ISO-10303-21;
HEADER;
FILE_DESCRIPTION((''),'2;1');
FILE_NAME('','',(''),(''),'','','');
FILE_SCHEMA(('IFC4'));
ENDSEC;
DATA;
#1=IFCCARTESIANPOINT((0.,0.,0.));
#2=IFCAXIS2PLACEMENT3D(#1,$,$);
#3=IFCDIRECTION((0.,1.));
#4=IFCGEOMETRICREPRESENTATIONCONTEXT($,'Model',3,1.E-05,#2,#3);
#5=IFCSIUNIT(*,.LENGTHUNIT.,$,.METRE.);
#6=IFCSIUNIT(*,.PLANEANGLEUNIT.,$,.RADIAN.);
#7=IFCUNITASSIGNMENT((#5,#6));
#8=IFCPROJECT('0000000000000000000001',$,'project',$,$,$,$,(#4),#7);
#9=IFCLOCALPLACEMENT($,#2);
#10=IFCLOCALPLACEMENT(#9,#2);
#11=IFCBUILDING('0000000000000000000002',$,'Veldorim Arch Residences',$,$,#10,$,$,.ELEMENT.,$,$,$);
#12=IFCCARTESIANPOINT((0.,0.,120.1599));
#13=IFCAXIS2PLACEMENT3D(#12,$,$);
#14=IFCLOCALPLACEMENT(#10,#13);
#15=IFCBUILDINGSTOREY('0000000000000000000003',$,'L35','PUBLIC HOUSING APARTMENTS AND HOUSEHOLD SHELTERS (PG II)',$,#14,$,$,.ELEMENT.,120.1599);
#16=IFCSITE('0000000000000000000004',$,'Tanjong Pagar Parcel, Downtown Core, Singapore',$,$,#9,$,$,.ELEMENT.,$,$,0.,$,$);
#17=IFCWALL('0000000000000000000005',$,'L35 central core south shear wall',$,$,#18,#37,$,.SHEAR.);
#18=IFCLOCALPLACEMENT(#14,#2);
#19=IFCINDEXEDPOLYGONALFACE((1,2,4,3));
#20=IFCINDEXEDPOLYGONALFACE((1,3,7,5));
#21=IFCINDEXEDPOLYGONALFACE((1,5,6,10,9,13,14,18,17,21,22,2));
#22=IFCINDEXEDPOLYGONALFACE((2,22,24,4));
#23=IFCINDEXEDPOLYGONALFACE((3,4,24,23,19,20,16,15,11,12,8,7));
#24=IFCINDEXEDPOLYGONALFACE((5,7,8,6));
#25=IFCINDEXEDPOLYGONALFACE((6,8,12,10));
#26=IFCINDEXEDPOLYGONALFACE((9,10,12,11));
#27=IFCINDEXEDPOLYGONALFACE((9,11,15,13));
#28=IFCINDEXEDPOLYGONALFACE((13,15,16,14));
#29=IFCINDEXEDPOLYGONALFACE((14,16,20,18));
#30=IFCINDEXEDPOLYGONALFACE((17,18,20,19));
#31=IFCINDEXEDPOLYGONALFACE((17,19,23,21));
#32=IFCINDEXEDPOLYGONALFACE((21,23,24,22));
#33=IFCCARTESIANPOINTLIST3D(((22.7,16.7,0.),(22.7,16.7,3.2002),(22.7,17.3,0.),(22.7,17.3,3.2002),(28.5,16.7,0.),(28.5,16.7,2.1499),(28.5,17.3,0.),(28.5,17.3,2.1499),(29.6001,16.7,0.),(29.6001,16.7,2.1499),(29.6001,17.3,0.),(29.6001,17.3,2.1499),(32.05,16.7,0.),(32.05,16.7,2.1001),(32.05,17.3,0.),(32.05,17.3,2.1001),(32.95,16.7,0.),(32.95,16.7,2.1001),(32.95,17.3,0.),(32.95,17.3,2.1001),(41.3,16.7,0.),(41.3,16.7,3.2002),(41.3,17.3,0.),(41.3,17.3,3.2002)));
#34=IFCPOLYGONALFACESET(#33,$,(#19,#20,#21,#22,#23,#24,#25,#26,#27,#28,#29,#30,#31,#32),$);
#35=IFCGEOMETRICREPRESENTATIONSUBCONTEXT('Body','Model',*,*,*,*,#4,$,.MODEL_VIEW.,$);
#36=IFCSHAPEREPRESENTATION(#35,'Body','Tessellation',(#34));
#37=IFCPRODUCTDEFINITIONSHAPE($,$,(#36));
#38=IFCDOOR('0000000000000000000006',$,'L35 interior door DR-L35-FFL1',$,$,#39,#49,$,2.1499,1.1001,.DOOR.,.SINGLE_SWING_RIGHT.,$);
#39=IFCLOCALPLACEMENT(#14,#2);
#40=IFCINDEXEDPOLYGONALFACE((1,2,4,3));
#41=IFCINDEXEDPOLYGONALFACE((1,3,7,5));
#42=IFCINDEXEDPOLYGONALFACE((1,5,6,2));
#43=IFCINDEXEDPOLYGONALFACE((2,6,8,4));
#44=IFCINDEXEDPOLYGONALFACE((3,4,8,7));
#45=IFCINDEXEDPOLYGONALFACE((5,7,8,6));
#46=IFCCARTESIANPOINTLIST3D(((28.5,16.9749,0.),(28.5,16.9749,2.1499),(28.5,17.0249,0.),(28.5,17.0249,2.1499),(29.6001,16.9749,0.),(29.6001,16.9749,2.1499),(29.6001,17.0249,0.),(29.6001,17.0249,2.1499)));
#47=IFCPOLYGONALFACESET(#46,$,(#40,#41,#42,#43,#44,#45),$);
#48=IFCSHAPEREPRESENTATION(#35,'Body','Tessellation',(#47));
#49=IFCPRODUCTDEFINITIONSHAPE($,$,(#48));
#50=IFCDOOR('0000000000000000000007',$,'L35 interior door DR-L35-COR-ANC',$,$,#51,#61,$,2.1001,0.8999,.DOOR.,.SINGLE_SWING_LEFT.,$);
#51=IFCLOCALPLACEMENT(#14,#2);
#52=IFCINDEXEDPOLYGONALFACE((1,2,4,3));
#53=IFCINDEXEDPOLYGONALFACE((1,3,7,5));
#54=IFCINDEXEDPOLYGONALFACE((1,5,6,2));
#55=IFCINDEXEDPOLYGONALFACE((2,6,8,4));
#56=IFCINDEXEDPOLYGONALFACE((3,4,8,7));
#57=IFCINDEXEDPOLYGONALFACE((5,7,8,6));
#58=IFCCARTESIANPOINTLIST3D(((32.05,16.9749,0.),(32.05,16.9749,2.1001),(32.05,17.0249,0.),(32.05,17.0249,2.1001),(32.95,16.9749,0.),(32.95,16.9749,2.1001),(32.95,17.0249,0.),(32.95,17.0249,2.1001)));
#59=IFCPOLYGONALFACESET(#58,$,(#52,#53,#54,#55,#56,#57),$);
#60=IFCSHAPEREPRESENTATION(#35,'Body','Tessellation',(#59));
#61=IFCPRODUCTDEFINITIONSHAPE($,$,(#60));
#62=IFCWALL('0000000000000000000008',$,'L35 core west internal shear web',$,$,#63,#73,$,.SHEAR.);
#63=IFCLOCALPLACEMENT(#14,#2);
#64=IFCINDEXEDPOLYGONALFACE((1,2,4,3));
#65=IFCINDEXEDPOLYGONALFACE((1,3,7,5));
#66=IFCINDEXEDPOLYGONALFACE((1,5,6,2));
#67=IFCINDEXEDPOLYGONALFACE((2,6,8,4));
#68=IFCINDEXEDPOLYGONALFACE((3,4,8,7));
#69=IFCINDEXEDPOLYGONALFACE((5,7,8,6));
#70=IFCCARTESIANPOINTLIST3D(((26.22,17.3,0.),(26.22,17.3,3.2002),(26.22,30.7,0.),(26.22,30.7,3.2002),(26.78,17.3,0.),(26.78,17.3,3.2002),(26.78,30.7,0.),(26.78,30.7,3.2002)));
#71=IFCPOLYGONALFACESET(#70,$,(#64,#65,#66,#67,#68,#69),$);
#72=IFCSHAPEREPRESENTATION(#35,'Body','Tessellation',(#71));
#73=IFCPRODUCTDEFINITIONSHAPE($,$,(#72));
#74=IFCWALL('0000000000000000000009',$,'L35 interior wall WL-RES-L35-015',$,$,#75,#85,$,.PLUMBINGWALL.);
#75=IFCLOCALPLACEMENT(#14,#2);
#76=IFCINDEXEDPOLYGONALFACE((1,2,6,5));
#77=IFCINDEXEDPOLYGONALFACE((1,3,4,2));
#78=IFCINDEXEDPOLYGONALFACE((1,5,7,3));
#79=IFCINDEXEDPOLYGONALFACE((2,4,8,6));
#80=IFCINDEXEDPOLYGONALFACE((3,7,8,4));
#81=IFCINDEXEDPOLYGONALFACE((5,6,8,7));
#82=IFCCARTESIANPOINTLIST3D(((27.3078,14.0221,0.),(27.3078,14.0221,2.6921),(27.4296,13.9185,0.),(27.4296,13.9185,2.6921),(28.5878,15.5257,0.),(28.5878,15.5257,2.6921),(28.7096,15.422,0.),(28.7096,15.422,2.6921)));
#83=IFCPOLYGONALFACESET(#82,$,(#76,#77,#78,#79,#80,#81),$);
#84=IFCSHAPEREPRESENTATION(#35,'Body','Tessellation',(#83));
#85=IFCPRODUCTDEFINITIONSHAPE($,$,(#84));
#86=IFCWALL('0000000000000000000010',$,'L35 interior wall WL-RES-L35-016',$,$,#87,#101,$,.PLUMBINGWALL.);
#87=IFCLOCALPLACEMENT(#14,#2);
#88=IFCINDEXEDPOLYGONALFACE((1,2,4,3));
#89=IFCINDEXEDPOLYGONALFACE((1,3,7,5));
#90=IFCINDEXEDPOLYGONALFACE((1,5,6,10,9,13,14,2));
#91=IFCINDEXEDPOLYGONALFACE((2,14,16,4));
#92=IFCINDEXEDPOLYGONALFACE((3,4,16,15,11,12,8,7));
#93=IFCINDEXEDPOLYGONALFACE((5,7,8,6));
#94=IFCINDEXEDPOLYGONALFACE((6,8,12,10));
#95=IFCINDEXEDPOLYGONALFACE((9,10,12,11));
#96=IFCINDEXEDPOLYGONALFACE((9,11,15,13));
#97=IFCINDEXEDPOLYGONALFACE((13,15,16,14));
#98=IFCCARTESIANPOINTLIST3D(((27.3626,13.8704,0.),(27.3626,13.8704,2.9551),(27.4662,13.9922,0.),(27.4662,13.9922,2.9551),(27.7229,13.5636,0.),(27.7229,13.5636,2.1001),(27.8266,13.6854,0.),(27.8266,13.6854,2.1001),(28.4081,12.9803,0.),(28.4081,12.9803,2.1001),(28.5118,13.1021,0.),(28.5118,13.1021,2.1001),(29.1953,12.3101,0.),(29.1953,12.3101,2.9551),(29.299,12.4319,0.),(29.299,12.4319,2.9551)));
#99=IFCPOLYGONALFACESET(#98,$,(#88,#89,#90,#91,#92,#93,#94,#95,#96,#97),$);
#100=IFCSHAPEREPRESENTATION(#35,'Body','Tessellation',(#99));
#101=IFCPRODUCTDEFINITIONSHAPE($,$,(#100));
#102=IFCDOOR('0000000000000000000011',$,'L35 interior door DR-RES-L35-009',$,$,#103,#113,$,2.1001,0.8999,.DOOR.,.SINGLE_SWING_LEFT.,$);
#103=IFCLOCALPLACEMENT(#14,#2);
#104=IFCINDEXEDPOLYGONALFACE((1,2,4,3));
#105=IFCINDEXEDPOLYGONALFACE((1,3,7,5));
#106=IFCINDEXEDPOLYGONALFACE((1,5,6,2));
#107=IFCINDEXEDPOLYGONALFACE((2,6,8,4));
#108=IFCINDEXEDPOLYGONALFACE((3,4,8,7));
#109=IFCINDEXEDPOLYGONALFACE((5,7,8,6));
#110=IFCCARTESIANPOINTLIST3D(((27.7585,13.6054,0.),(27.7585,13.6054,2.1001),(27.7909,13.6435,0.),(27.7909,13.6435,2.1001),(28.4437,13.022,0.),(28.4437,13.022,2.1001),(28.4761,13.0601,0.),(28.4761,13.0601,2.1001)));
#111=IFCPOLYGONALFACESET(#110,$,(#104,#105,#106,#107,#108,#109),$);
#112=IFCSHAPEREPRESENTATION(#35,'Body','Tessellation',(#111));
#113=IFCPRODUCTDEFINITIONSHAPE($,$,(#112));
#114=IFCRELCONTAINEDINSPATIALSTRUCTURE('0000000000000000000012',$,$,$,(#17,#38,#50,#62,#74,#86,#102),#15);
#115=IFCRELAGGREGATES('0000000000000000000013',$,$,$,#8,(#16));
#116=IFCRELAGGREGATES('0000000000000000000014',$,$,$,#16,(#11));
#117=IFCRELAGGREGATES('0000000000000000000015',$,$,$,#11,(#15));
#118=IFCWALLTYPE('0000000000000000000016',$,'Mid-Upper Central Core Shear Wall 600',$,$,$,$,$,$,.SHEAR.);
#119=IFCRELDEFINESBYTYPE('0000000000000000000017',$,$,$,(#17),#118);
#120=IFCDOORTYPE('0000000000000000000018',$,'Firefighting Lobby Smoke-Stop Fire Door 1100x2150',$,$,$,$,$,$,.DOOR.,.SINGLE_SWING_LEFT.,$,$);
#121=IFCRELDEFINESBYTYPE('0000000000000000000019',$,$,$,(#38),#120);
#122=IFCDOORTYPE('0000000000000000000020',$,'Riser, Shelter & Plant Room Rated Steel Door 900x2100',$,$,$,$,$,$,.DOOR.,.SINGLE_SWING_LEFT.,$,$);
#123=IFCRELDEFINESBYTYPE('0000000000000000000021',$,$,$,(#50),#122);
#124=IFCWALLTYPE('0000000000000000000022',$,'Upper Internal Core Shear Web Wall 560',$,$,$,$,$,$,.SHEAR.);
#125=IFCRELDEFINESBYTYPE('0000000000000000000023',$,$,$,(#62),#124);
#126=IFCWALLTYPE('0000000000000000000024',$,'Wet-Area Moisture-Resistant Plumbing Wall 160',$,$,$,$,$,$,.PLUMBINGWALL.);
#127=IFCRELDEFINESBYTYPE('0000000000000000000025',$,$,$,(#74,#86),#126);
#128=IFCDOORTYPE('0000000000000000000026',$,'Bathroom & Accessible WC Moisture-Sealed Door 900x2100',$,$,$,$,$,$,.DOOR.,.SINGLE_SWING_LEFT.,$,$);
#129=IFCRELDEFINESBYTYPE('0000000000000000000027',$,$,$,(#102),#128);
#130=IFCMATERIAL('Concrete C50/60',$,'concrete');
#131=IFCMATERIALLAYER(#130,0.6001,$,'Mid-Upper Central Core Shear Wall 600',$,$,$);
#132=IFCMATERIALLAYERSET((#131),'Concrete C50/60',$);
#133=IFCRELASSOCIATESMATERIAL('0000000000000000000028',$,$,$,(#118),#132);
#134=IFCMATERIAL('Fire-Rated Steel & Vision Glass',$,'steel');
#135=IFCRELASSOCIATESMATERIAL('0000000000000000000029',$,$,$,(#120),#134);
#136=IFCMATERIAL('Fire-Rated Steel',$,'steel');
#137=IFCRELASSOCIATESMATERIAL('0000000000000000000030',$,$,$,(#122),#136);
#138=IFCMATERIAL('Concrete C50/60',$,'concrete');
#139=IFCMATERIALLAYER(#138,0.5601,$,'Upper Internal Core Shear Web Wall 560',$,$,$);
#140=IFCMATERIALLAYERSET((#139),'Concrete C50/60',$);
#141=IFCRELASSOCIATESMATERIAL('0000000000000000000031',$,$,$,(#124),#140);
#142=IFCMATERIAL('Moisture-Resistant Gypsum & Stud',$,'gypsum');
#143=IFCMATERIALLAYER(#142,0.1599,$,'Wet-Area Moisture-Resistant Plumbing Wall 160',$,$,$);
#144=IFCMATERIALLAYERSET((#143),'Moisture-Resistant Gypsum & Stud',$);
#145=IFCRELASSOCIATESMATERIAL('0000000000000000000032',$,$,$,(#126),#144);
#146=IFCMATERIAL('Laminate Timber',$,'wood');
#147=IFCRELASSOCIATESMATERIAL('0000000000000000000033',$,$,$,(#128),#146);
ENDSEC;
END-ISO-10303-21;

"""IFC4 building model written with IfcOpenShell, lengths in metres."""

from ifc_helpers import new_model, si_unit, direction, frame, frame_2d, origin, place, context, subcontext, project, spatial, rectangle, extrude, material, layer, layer_set, type_object, element, fill, save


model = new_model("IFC4")

# Units and contexts
model_context = context("Model", 3, precision=1e-05, world=origin(), true_north=direction((0.0, 1.0)))
body_context = subcontext(model_context, "Body", "Model", "MODEL_VIEW")
ifc_project = project(units=[si_unit("LENGTHUNIT", "METRE"), si_unit("PLANEANGLEUNIT", "RADIAN")], contexts=[model_context])

# Site, building, storey
site_placement = place(None, origin())
site = spatial("IfcSite", under=ifc_project, at=site_placement, Name="Tanjong Pagar Parcel, Downtown Core, Singapore", CompositionType="ELEMENT", RefElevation=0.0)
building_placement = place(site_placement, origin())
building = spatial("IfcBuilding", under=site, at=building_placement, Name="Veldorim Arch Residences", CompositionType="ELEMENT")
storey_placement = place(building_placement, frame((0.0, 0.0, 120.1599)))
storey = spatial("IfcBuildingStorey", under=building, at=storey_placement, Name="L35", Description="PUBLIC HOUSING APARTMENTS AND HOUSEHOLD SHELTERS (PG II)", CompositionType="ELEMENT", Elevation=120.1599)

# Wall, openings, doors
ifc_material_1 = material(Name="Concrete C50/60", Category="concrete")
ifc_layer_1 = layer(ifc_material_1, 0.6001, Name="Mid-Upper Central Core Shear Wall 600")
ifc_layer_set_1 = layer_set([ifc_layer_1], Name="Concrete C50/60")
wall_type_1 = type_object("IfcWallType", Name="Mid-Upper Central Core Shear Wall 600", PredefinedType="SHEAR", material=ifc_layer_set_1)
wall_1_placement = place(storey_placement, frame((22.7, 17.0, 0.0), z_axis=(0.0, 0.0, 1.0), x_axis=(1.0, 0.0, 0.0)))
wall_1 = element("IfcWall", 1, at=wall_1_placement, inside=storey, type_object=wall_type_1, Name="L35 central core south shear wall", PredefinedType="SHEAR", context=body_context, shape_type="SweptSolid", body=[
    extrude(rectangle(XDim=18.6001, YDim=0.6001, at=frame_2d((9.3, 0.0))), origin(), (0.0, 0.0, 1.0), 3.2002),
])
opening_1_placement = place(wall_1_placement, frame((5.8, 0.0, 0.0)))
opening_1 = element("IfcOpeningElement", 2, at=opening_1_placement, cuts=wall_1, PredefinedType="OPENING", context=body_context, shape_type="SweptSolid", body=[
    extrude(rectangle(XDim=1.1001, YDim=2.1499, at=frame_2d((0.55, 1.075))), frame((0.0, 0.3101, 0.0), z_axis=(0.0, -1.0, 0.0), x_axis=(1.0, 0.0, 0.0)), (0.0, 0.0, 1.0), 0.6201),
])
opening_2_placement = place(wall_1_placement, frame((9.3501, 0.0, 0.0)))
opening_2 = element("IfcOpeningElement", 3, at=opening_2_placement, cuts=wall_1, PredefinedType="OPENING", context=body_context, shape_type="SweptSolid", body=[
    extrude(rectangle(XDim=0.8999, YDim=2.1001, at=frame_2d((0.45, 1.05))), frame((0.0, 0.3101, 0.0), z_axis=(0.0, -1.0, 0.0), x_axis=(1.0, 0.0, 0.0)), (0.0, 0.0, 1.0), 0.6201),
])
ifc_material_2 = material(Name="Fire-Rated Steel & Vision Glass", Category="steel")
door_type_1 = type_object("IfcDoorType", Name="Firefighting Lobby Smoke-Stop Fire Door 1100x2150", OperationType="SINGLE_SWING_LEFT", PredefinedType="DOOR", material=ifc_material_2)
door_1_placement = place(opening_1_placement, origin())
door_1 = element("IfcDoor", 4, at=door_1_placement, inside=storey, type_object=door_type_1, Name="L35 interior door DR-L35-FFL1", OperationType="SINGLE_SWING_RIGHT", OverallHeight=2.1499, OverallWidth=1.1001, PredefinedType="DOOR", context=body_context, shape_type="SweptSolid", body=[
    extrude(rectangle(XDim=1.1001, YDim=2.1499, at=frame_2d((0.55, 1.075))), frame((0.0, 0.0249, 0.0), z_axis=(0.0, -1.0, 0.0), x_axis=(1.0, 0.0, 0.0)), (0.0, 0.0, 1.0), 0.05),
])
fill(opening_1, door_1)
ifc_material_3 = material(Name="Fire-Rated Steel", Category="steel")
door_type_2 = type_object("IfcDoorType", Name="Riser, Shelter & Plant Room Rated Steel Door 900x2100", OperationType="SINGLE_SWING_LEFT", PredefinedType="DOOR", material=ifc_material_3)
door_2_placement = place(opening_2_placement, origin())
door_2 = element("IfcDoor", 5, at=door_2_placement, inside=storey, type_object=door_type_2, Name="L35 interior door DR-L35-COR-ANC", OperationType="SINGLE_SWING_LEFT", OverallHeight=2.1001, OverallWidth=0.8999, PredefinedType="DOOR", context=body_context, shape_type="SweptSolid", body=[
    extrude(rectangle(XDim=0.8999, YDim=2.1001, at=frame_2d((0.45, 1.05))), frame((0.0, 0.0249, 0.0), z_axis=(0.0, -1.0, 0.0), x_axis=(1.0, 0.0, 0.0)), (0.0, 0.0, 1.0), 0.05),
])
fill(opening_2, door_2)

# Walls
ifc_material_4 = material(Name="Concrete C50/60", Category="concrete")
ifc_layer_2 = layer(ifc_material_4, 0.5601, Name="Upper Internal Core Shear Web Wall 560")
ifc_layer_set_2 = layer_set([ifc_layer_2], Name="Concrete C50/60")
wall_type_2 = type_object("IfcWallType", Name="Upper Internal Core Shear Web Wall 560", PredefinedType="SHEAR", material=ifc_layer_set_2)
wall_2_placement = place(storey_placement, frame((26.5, 17.3, 0.0), z_axis=(0.0, 0.0, 1.0), x_axis=(0.0, 1.0, 0.0)))
element("IfcWall", 6, at=wall_2_placement, inside=storey, type_object=wall_type_2, Name="L35 core west internal shear web", PredefinedType="SHEAR", context=body_context, shape_type="SweptSolid", body=[
    extrude(rectangle(XDim=13.3999, YDim=0.5601, at=frame_2d((6.7, 0.0))), origin(), (0.0, 0.0, 1.0), 3.2002),
])
ifc_material_5 = material(Name="Moisture-Resistant Gypsum & Stud", Category="gypsum")
ifc_layer_3 = layer(ifc_material_5, 0.1599, Name="Wet-Area Moisture-Resistant Plumbing Wall 160")
ifc_layer_set_3 = layer_set([ifc_layer_3], Name="Moisture-Resistant Gypsum & Stud")
wall_type_3 = type_object("IfcWallType", Name="Wet-Area Moisture-Resistant Plumbing Wall 160", PredefinedType="PLUMBINGWALL", material=ifc_layer_set_3)
wall_3_placement = place(storey_placement, frame((28.6487, 15.4739, 0.0), z_axis=(0.0, 0.0, 1.0), x_axis=(-0.648212, -0.76146, 0.0)))
element("IfcWall", 7, at=wall_3_placement, inside=storey, type_object=wall_type_3, Name="L35 interior wall WL-RES-L35-015", PredefinedType="PLUMBINGWALL", context=body_context, shape_type="SweptSolid", body=[
    extrude(rectangle(XDim=1.9746, YDim=0.1599, at=frame_2d((0.9873, 0.0))), origin(), (0.0, 0.0, 1.0), 2.6921),
])

# Wall, opening, door
wall_4_placement = place(storey_placement, frame((27.4143, 13.9314, 0.0), z_axis=(0.0, 0.0, 1.0), x_axis=(0.761436, -0.64824, 0.0)))
wall_4 = element("IfcWall", 8, at=wall_4_placement, inside=storey, type_object=wall_type_3, Name="L35 interior wall WL-RES-L35-016", PredefinedType="PLUMBINGWALL", context=body_context, shape_type="SweptSolid", body=[
    extrude(rectangle(XDim=2.407, YDim=0.1599, at=frame_2d((1.2036, 0.0))), origin(), (0.0, 0.0, 1.0), 2.9551),
])
opening_3_placement = place(wall_4_placement, frame((0.4734, 0.0, 0.0)))
opening_3 = element("IfcOpeningElement", 9, at=opening_3_placement, cuts=wall_4, PredefinedType="OPENING", context=body_context, shape_type="SweptSolid", body=[
    extrude(rectangle(XDim=0.8999, YDim=2.1001, at=frame_2d((0.45, 1.05))), frame((0.0, 0.0898, 0.0), z_axis=(0.0, -1.0, 0.0), x_axis=(1.0, 0.0, 0.0)), (0.0, 0.0, 1.0), 0.1799),
])
ifc_material_6 = material(Name="Laminate Timber", Category="wood")
door_type_3 = type_object("IfcDoorType", Name="Bathroom & Accessible WC Moisture-Sealed Door 900x2100", OperationType="SINGLE_SWING_LEFT", PredefinedType="DOOR", material=ifc_material_6)
door_3_placement = place(opening_3_placement, origin())
door_3 = element("IfcDoor", 10, at=door_3_placement, inside=storey, type_object=door_type_3, Name="L35 interior door DR-RES-L35-009", OperationType="SINGLE_SWING_LEFT", OverallHeight=2.1001, OverallWidth=0.8999, PredefinedType="DOOR", context=body_context, shape_type="SweptSolid", body=[
    extrude(rectangle(XDim=0.8999, YDim=2.1001, at=frame_2d((0.45, 1.05))), frame((0.0, 0.0249, 0.0), z_axis=(0.0, -1.0, 0.0), x_axis=(1.0, 0.0, 0.0)), (0.0, 0.0, 1.0), 0.05),
])
fill(opening_3, door_3)

save(model, "model.ifc")
